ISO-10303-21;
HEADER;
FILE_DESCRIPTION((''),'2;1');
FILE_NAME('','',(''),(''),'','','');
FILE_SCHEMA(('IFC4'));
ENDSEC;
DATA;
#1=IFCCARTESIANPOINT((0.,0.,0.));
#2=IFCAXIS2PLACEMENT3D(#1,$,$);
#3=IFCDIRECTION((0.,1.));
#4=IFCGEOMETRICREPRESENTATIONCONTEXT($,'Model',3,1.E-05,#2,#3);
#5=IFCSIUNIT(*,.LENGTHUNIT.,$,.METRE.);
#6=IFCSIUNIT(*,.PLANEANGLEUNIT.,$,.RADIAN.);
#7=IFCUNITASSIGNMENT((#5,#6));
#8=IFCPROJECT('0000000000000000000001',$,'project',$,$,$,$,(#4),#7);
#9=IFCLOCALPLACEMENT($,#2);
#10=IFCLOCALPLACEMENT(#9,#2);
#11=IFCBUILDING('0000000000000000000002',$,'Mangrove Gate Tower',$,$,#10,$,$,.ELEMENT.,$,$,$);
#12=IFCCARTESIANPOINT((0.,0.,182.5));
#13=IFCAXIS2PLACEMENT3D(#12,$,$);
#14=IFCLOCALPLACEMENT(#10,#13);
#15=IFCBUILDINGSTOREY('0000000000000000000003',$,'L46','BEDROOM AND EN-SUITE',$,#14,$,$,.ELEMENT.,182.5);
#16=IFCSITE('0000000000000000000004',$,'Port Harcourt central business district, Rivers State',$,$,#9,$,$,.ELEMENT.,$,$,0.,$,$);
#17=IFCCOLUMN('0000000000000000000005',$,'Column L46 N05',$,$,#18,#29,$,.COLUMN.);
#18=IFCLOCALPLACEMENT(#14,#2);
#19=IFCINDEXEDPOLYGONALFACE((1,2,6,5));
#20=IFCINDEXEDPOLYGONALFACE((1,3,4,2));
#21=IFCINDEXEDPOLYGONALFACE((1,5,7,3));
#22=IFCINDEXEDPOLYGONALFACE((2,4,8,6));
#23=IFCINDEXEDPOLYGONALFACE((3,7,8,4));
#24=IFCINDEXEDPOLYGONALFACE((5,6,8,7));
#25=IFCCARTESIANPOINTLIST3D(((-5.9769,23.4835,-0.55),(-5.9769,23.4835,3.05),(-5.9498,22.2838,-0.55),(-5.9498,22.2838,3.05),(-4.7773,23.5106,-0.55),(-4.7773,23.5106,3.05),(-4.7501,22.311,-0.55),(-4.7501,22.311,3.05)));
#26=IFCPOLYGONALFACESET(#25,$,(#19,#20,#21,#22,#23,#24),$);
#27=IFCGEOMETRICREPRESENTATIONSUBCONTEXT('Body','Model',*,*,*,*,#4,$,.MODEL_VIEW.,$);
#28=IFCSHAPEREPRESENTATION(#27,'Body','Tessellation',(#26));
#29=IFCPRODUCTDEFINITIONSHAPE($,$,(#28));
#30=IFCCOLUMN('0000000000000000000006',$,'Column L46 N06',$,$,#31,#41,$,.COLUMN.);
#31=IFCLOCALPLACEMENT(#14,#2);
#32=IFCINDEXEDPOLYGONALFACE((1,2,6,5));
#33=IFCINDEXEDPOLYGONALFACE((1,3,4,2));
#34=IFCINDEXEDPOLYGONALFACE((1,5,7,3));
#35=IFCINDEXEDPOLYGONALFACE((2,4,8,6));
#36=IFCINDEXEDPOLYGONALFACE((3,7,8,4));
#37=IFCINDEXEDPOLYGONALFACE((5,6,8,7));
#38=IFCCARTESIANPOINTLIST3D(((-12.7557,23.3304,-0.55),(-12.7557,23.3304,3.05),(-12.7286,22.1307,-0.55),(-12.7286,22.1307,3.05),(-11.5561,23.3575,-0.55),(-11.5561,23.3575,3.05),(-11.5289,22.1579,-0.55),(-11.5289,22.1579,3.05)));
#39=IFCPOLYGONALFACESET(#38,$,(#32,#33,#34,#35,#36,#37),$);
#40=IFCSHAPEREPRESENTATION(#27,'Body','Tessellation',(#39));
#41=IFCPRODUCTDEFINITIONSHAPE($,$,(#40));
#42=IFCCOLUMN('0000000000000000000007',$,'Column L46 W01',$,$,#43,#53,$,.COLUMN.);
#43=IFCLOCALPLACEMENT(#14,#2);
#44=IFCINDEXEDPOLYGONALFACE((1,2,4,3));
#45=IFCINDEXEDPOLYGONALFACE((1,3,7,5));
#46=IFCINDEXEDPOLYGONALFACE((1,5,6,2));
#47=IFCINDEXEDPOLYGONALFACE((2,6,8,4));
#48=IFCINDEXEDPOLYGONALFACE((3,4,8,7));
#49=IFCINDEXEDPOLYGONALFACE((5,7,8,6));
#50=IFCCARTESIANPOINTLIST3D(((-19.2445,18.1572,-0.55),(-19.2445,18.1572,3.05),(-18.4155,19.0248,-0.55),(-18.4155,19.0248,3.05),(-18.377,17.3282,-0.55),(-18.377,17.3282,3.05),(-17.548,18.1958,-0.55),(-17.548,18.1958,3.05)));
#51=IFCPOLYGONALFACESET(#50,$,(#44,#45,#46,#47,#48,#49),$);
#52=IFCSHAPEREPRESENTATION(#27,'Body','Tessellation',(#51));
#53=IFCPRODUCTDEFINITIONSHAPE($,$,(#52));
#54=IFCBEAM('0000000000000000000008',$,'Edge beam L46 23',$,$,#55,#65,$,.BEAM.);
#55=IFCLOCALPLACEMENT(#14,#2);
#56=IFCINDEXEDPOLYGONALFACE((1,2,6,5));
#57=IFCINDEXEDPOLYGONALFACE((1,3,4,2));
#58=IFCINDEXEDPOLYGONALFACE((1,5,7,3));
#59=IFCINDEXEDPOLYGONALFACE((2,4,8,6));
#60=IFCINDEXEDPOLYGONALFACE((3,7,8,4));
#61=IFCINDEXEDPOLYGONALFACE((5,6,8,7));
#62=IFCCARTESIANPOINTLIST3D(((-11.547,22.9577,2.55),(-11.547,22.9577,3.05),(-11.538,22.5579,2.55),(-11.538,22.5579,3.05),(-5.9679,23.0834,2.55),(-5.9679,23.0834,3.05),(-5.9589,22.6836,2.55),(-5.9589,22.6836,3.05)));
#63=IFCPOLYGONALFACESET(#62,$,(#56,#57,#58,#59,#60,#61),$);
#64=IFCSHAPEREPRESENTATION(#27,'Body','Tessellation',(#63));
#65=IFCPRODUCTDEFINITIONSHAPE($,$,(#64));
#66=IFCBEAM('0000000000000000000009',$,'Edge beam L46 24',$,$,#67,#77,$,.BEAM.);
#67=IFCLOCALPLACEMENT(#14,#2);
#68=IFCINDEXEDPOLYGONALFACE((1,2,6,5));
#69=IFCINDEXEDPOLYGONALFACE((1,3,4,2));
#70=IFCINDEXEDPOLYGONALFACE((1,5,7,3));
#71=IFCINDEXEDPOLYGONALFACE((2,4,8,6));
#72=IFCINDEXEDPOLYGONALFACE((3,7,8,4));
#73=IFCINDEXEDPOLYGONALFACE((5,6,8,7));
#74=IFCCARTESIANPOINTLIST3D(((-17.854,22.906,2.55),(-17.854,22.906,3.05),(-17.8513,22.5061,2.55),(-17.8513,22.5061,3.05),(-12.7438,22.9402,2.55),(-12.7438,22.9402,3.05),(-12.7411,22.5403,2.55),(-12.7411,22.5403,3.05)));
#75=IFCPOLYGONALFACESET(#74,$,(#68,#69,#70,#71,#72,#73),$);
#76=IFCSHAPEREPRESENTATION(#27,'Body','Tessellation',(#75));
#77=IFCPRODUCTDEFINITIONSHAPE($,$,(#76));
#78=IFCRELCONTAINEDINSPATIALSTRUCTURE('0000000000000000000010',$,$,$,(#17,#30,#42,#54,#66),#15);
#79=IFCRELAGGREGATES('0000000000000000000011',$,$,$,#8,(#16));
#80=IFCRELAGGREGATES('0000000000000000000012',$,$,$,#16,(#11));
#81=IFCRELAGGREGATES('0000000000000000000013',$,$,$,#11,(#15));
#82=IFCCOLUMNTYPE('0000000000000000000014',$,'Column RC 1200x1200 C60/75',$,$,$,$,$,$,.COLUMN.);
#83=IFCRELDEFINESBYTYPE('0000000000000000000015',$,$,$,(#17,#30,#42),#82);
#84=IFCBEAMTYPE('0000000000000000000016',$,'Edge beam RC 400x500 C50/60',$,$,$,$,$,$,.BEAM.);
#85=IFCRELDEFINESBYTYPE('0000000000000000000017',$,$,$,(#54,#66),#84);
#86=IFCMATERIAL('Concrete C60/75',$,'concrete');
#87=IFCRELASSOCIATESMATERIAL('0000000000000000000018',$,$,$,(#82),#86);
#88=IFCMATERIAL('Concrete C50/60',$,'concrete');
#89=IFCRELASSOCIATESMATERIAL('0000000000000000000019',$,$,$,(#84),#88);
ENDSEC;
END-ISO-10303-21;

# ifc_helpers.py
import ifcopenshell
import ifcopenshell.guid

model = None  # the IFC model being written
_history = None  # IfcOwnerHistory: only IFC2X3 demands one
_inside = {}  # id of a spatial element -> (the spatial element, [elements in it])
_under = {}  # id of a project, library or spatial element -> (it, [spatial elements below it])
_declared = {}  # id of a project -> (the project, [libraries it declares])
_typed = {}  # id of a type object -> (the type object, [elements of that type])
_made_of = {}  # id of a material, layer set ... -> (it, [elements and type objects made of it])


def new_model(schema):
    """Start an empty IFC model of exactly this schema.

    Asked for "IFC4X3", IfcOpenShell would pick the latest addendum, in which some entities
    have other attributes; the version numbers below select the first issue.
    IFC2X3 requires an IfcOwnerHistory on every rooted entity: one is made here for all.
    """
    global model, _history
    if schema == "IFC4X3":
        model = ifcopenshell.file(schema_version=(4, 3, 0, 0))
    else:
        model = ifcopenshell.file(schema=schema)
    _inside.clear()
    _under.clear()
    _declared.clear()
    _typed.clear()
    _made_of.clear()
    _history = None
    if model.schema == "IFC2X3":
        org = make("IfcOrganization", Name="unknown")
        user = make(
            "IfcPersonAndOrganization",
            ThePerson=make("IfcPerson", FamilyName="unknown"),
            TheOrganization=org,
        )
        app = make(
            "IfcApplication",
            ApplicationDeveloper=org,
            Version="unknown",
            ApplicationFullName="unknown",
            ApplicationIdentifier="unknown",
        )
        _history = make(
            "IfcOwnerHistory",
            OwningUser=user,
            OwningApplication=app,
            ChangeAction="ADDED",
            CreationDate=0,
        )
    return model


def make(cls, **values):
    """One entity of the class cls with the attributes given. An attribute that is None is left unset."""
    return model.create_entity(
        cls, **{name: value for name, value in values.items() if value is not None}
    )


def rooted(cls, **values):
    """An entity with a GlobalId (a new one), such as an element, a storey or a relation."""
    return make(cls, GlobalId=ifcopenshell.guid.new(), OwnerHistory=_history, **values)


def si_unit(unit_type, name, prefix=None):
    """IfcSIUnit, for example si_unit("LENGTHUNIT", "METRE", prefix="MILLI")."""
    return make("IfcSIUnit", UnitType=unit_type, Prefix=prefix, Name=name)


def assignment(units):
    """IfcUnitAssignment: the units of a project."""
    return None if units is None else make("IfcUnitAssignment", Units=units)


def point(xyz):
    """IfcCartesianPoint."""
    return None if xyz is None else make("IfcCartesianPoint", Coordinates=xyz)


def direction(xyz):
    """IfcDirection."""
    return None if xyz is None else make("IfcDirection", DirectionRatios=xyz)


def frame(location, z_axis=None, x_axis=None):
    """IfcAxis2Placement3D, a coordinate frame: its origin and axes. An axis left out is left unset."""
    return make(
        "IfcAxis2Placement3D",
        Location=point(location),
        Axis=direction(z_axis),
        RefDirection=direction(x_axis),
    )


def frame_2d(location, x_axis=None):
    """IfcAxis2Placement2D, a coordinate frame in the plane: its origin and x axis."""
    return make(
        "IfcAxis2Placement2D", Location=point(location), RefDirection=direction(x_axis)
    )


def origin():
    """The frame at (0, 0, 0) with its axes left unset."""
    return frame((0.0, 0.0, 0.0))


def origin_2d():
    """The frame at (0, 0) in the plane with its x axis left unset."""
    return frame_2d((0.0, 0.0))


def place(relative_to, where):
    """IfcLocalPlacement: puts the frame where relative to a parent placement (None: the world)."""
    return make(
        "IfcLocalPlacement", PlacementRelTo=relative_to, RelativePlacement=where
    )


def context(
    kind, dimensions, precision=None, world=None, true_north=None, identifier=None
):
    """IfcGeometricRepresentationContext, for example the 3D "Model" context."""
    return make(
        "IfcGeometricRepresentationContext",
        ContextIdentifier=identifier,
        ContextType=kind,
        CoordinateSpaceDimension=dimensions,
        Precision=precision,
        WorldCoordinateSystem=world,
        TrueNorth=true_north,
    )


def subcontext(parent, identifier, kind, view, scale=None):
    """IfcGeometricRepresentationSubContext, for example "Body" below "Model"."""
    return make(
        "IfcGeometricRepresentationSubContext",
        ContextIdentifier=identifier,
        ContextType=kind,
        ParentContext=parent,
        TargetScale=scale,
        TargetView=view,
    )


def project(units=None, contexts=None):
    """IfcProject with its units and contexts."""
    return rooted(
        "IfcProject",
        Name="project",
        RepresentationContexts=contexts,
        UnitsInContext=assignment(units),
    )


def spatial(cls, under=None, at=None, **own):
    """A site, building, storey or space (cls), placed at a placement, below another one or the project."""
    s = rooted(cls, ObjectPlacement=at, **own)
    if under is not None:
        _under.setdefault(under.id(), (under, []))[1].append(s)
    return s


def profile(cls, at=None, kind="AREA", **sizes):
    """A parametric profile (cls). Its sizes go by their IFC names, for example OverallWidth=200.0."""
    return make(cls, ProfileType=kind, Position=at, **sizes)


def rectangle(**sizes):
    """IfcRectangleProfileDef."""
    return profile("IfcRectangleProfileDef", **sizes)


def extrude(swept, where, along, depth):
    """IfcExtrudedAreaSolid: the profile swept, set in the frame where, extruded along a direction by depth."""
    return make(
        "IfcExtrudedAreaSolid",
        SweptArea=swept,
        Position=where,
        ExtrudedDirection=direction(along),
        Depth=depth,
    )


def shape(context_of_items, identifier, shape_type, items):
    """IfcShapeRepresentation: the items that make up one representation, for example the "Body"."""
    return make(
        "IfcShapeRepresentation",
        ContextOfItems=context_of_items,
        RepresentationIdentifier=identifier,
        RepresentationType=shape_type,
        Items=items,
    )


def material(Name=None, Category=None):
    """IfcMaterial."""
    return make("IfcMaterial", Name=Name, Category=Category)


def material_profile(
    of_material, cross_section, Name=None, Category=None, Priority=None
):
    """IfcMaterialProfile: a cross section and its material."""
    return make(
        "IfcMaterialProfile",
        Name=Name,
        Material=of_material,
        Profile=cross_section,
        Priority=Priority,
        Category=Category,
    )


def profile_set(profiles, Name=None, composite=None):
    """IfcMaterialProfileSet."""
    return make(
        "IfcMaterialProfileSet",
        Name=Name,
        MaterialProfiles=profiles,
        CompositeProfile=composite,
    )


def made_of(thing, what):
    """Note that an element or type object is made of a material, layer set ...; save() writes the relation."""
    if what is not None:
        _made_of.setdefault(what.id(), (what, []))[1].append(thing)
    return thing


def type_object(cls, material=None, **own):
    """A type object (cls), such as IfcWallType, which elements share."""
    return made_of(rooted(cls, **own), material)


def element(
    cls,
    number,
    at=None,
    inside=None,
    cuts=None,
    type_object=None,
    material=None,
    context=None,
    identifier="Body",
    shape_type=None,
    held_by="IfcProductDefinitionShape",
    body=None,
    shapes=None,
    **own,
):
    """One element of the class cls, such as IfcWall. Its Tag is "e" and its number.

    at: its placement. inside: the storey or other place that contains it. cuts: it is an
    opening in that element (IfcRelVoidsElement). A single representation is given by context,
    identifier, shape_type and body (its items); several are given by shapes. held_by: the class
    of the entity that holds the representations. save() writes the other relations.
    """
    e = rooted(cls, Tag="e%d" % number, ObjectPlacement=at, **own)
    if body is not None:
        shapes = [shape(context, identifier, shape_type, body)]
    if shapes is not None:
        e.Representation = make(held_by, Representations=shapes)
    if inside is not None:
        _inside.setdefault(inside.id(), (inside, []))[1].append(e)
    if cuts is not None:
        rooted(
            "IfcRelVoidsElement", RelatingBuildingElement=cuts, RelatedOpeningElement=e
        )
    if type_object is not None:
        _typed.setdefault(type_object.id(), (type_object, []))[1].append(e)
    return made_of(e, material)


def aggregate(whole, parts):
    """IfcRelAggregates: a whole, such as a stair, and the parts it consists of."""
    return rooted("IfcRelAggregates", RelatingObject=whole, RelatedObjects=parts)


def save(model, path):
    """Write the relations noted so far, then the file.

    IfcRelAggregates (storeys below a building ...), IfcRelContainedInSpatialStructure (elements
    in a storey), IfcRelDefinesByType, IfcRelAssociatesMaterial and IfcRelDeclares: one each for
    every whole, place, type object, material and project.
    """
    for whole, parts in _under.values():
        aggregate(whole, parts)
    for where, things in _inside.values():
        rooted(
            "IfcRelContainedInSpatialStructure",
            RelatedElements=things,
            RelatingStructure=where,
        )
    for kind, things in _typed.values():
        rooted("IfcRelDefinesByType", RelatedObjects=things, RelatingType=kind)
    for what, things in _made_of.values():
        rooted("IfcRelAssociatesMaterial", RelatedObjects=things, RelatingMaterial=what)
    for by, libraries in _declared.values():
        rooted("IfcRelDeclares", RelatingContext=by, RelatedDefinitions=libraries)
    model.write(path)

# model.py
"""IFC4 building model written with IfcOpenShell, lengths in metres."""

from ifc_helpers import new_model, si_unit, direction, frame, origin, origin_2d, place, context, subcontext, project, spatial, rectangle, extrude, material, material_profile, profile_set, type_object, element, save


model = new_model("IFC4")

# Units and contexts
model_context = context("Model", 3, precision=1e-05, world=origin(), true_north=direction((0.0, 1.0)))
body_context = subcontext(model_context, "Body", "Model", "MODEL_VIEW")
ifc_project = project(units=[si_unit("LENGTHUNIT", "METRE"), si_unit("PLANEANGLEUNIT", "RADIAN")], contexts=[model_context])

# Site, building, storey
site_placement = place(None, origin())
site = spatial("IfcSite", under=ifc_project, at=site_placement, Name="Port Harcourt central business district, Rivers State", CompositionType="ELEMENT", RefElevation=0.0)
building_placement = place(site_placement, origin())
building = spatial("IfcBuilding", under=site, at=building_placement, Name="Mangrove Gate Tower", CompositionType="ELEMENT")
storey_placement = place(building_placement, frame((0.0, 0.0, 182.5)))
storey = spatial("IfcBuildingStorey", under=building, at=storey_placement, Name="L46", Description="BEDROOM AND EN-SUITE", CompositionType="ELEMENT", Elevation=182.5)

# Columns
ifc_material_1 = material(Name="Concrete C60/75", Category="concrete")
ifc_material_profile_1 = material_profile(ifc_material_1, rectangle(XDim=1.2, YDim=1.2, at=origin_2d()))
ifc_profile_set_1 = profile_set([ifc_material_profile_1], Name="Concrete C60/75")
column_type = type_object("IfcColumnType", Name="Column RC 1200x1200 C60/75", PredefinedType="COLUMN", material=ifc_profile_set_1)
for number, where, z_axis, x_axis, name in (
    (1, (-5.3635, 22.8972, -0.55), (0.0, 0.0, 1.0), (-0.999744, -0.022639, 0.0), "Column L46 N05"),
    (2, (-12.1423, 22.7441, -0.55), (0.0, 0.0, 1.0), (-0.999744, -0.022639, 0.0), "Column L46 N06"),
    (3, (-18.3962, 18.1765, -0.55), (0.0, 0.0, 1.0), (-0.69086, -0.722989, 0.0), "Column L46 W01"),
):
    element("IfcColumn", number, at=place(storey_placement, frame(where, z_axis=z_axis, x_axis=x_axis)), inside=storey, type_object=column_type, Name=name, PredefinedType="COLUMN", context=body_context, shape_type="SweptSolid", body=[
        extrude(rectangle(XDim=1.2, YDim=1.2, at=origin_2d()), origin(), (0.0, 0.0, 1.0), 3.6001),
    ])

# Beams
ifc_material_2 = material(Name="Concrete C50/60", Category="concrete")
ifc_material_profile_2 = material_profile(ifc_material_2, rectangle(XDim=0.3999, YDim=0.5, at=origin_2d()))
ifc_profile_set_2 = profile_set([ifc_material_profile_2], Name="Concrete C50/60")
beam_type = type_object("IfcBeamType", Name="Edge beam RC 400x500 C50/60", PredefinedType="BEAM", material=ifc_profile_set_2)
beam_1_placement = place(storey_placement, frame((-5.9634, 22.8835, 2.8), z_axis=(-0.999746, -0.022531, 0.0), x_axis=(0.022531, -0.999746, 0.0)))
element("IfcBeam", 4, at=beam_1_placement, inside=storey, type_object=beam_type, Name="Edge beam L46 23", PredefinedType="BEAM", context=body_context, shape_type="SweptSolid", body=[
    extrude(rectangle(XDim=0.3999, YDim=0.5, at=origin_2d()), origin(), (0.0, 0.0, 1.0), 5.5806),
])
beam_2_placement = place(storey_placement, frame((-12.7424, 22.7402, 2.8), z_axis=(-0.999978, -0.006688, 0.0), x_axis=(0.006688, -0.999978, 0.0)))
element("IfcBeam", 5, at=beam_2_placement, inside=storey, type_object=beam_type, Name="Edge beam L46 24", PredefinedType="BEAM", context=body_context, shape_type="SweptSolid", body=[
    extrude(rectangle(XDim=0.3999, YDim=0.5, at=origin_2d()), origin(), (0.0, 0.0, 1.0), 5.1104),
])

save(model, "model.ifc")
